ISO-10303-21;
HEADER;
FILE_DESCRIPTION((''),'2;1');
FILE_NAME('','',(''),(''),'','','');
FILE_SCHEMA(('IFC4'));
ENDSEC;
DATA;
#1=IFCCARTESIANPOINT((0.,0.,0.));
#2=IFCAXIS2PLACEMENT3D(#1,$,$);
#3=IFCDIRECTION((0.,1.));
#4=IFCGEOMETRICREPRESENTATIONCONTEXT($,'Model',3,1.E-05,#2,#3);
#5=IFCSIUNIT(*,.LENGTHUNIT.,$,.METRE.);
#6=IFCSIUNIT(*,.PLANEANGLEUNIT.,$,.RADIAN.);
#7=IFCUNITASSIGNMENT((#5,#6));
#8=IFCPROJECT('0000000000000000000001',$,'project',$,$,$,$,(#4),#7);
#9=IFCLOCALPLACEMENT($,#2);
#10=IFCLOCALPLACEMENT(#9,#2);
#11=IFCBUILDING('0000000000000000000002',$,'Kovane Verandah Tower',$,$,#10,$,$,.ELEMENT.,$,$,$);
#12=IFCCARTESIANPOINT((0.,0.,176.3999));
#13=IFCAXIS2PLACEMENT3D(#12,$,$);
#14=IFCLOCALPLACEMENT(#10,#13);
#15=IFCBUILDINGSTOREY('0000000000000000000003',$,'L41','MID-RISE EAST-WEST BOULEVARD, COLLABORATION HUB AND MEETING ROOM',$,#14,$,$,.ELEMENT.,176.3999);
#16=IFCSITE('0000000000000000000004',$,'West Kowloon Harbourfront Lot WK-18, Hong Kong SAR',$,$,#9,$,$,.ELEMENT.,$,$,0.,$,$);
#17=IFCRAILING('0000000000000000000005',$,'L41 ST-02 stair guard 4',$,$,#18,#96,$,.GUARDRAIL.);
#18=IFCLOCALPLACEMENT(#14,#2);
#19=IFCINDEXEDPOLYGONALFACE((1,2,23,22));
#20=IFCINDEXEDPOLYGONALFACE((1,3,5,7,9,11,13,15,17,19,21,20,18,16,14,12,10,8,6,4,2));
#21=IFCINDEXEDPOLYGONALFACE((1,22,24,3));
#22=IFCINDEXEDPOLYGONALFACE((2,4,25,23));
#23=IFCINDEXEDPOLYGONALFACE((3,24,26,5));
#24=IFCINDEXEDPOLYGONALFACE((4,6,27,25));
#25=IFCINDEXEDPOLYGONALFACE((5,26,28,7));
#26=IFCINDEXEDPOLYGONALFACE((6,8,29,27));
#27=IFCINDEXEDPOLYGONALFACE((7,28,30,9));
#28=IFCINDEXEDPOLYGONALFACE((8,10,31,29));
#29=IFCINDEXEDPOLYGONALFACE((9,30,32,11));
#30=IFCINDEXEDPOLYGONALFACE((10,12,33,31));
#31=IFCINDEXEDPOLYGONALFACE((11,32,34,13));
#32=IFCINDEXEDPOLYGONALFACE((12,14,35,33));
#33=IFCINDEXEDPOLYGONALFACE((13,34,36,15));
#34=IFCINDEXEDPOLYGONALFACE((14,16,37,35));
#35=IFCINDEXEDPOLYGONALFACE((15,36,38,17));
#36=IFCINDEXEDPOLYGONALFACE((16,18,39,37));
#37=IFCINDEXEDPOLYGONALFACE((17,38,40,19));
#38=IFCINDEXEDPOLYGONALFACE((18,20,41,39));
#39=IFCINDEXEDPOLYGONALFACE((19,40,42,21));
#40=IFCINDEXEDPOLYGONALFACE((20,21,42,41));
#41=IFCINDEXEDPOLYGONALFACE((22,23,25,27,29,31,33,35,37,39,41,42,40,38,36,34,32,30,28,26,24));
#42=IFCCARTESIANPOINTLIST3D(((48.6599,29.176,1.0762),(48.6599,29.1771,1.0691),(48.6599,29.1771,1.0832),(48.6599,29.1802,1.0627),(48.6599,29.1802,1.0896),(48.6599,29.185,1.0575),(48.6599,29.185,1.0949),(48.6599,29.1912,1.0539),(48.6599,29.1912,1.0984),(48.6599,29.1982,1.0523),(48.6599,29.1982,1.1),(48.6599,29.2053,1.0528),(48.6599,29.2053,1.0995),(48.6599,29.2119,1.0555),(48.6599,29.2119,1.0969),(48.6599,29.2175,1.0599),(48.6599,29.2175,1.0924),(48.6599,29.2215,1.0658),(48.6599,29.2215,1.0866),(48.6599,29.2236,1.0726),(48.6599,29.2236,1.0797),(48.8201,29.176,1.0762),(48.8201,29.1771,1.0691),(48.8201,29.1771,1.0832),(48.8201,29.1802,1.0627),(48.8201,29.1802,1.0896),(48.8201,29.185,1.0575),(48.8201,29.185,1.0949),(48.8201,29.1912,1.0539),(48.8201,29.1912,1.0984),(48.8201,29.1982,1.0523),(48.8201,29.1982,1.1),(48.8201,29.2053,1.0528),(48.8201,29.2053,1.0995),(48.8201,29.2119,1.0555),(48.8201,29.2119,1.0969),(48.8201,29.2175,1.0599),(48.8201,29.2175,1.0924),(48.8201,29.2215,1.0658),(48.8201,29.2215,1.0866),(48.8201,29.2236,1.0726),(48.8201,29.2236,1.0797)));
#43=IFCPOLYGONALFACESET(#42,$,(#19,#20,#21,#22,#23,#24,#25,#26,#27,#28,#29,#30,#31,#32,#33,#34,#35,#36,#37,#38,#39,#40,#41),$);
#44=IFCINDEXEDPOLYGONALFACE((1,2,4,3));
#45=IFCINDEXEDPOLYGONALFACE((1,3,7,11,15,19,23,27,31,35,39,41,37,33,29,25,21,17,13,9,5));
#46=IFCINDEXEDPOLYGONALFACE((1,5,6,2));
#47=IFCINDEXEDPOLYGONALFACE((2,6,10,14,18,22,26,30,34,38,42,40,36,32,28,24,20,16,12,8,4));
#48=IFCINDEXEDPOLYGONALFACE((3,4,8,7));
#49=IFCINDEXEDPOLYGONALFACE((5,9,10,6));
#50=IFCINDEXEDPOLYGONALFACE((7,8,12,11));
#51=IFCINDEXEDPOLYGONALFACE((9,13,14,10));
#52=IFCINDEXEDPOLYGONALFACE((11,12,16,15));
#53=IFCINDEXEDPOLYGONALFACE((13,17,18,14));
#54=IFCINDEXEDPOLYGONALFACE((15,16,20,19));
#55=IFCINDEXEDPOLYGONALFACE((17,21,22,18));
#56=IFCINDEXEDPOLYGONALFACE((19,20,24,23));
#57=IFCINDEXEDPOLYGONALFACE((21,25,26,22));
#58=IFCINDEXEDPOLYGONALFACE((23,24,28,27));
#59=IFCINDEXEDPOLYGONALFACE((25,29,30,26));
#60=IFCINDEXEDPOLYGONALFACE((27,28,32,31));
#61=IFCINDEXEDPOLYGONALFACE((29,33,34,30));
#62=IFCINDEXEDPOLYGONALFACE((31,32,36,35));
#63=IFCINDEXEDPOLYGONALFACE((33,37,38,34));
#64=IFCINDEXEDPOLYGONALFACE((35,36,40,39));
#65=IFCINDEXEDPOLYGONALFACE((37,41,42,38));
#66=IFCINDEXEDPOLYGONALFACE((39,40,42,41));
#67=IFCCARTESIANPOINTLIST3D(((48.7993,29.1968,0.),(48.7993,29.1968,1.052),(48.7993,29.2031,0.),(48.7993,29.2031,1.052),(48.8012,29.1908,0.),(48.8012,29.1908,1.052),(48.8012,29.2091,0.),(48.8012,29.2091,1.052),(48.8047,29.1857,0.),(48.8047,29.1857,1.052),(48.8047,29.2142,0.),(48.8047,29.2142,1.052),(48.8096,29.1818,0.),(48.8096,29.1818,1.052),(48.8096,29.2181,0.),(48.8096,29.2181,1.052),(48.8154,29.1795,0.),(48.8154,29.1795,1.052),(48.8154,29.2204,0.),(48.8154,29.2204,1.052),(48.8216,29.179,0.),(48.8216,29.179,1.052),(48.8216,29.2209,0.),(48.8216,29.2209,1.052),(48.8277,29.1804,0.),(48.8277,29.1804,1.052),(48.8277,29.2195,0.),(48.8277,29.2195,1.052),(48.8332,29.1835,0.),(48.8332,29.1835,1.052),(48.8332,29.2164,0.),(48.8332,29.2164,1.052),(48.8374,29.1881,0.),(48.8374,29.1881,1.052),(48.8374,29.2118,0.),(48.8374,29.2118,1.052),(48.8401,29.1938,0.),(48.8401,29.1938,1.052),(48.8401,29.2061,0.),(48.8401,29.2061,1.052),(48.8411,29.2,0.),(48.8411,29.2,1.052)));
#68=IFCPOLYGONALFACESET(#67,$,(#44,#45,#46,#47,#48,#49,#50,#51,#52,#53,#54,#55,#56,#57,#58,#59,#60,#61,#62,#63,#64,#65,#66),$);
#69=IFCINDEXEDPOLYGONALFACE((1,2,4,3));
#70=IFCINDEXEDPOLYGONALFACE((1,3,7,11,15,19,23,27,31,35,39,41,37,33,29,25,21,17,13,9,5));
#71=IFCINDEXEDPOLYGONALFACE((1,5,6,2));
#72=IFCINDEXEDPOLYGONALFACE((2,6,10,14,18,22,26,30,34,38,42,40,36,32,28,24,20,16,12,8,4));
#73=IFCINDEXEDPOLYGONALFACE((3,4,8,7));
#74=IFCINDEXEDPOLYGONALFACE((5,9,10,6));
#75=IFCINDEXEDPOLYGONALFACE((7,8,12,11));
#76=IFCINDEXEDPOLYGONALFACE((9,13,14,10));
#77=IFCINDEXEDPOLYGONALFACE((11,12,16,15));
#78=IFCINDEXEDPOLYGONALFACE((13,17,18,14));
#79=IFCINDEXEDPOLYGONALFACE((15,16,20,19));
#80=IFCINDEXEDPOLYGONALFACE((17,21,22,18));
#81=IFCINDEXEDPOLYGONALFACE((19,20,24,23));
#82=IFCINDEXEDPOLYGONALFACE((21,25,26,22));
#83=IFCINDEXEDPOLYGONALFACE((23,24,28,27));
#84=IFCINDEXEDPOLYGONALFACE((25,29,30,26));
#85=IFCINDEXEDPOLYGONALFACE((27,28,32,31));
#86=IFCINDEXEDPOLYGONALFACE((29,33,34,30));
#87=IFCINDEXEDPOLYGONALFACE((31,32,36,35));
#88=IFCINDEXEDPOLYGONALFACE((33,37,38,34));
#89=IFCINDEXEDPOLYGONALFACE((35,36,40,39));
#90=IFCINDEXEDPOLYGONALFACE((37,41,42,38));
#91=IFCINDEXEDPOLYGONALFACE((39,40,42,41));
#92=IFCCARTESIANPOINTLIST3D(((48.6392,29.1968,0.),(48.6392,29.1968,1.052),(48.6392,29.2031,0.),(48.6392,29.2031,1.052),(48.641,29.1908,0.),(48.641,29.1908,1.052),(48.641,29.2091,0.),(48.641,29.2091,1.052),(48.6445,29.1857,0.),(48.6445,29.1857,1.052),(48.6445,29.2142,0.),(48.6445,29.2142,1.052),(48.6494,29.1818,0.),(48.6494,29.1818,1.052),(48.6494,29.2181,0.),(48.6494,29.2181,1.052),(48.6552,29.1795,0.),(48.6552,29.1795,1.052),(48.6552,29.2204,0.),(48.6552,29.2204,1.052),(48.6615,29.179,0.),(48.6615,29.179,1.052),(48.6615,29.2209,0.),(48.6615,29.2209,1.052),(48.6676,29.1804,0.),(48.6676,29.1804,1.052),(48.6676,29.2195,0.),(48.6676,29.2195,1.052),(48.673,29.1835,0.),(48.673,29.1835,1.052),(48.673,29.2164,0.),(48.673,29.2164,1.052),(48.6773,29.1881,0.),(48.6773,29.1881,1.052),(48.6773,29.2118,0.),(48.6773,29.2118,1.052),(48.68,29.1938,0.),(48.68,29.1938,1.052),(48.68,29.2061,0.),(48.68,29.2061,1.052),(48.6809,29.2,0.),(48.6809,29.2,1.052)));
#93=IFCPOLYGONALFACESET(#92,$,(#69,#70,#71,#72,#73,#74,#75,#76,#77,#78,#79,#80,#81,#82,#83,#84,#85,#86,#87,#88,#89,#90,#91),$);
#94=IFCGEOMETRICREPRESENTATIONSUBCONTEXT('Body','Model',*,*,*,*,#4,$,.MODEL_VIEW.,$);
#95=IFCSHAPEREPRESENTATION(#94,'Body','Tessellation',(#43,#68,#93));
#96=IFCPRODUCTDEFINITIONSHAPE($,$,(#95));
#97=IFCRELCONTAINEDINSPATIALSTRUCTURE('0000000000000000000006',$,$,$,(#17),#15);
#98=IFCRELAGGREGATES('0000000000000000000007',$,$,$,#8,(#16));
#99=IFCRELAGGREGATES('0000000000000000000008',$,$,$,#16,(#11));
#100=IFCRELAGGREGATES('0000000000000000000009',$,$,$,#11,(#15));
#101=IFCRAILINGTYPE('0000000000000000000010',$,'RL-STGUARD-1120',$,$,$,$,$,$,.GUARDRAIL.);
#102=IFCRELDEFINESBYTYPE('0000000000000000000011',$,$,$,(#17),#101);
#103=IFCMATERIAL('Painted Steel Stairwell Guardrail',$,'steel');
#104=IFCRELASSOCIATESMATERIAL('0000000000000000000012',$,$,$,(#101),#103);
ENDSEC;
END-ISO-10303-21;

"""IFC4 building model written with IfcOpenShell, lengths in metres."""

from ifc_helpers import new_model, si_unit, direction, frame, origin, origin_2d, place, context, subcontext, project, spatial, circle, extrude, material, type_object, element, save


model = new_model("IFC4")

# Units and contexts
model_context = context("Model", 3, precision=1e-05, world=origin(), true_north=direction((0.0, 1.0)))
body_context = subcontext(model_context, "Body", "Model", "MODEL_VIEW")
ifc_project = project(units=[si_unit("LENGTHUNIT", "METRE"), si_unit("PLANEANGLEUNIT", "RADIAN")], contexts=[model_context])

# Site, building, storey
site_placement = place(None, origin())
site = spatial("IfcSite", under=ifc_project, at=site_placement, Name="West Kowloon Harbourfront Lot WK-18, Hong Kong SAR", CompositionType="ELEMENT", RefElevation=0.0)
building_placement = place(site_placement, origin())
building = spatial("IfcBuilding", under=site, at=building_placement, Name="Kovane Verandah Tower", CompositionType="ELEMENT")
storey_placement = place(building_placement, frame((0.0, 0.0, 176.3999)))
storey = spatial("IfcBuildingStorey", under=building, at=storey_placement, Name="L41", Description="MID-RISE EAST-WEST BOULEVARD, COLLABORATION HUB AND MEETING ROOM", CompositionType="ELEMENT", Elevation=176.3999)

# Railing
ifc_material_1 = material(Name="Painted Steel Stairwell Guardrail", Category="steel")
railing_type_1 = type_object("IfcRailingType", Name="RL-STGUARD-1120", PredefinedType="GUARDRAIL", material=ifc_material_1)
railing_1_placement = place(storey_placement, frame((48.8201, 29.2, 0.0)))
element("IfcRailing", 1, at=railing_1_placement, inside=storey, type_object=railing_type_1, Name="L41 ST-02 stair guard 4", PredefinedType="GUARDRAIL", context=body_context, shape_type="SweptSolid", body=[
    extrude(circle(Radius=0.0239, at=origin_2d()), frame((0.0, 0.0, 1.0762), z_axis=(-1.0, 0.0, 0.0), x_axis=(0.0, -1.0, 0.0)), (0.0, 0.0, 1.0), 0.1602),
    extrude(circle(Radius=0.021, at=origin_2d()), origin(), (0.0, 0.0, 1.0), 1.052),
    extrude(circle(Radius=0.021, at=origin_2d()), frame((-0.1602, 0.0, 0.0)), (0.0, 0.0, 1.0), 1.052),
])

save(model, "model.ifc")
